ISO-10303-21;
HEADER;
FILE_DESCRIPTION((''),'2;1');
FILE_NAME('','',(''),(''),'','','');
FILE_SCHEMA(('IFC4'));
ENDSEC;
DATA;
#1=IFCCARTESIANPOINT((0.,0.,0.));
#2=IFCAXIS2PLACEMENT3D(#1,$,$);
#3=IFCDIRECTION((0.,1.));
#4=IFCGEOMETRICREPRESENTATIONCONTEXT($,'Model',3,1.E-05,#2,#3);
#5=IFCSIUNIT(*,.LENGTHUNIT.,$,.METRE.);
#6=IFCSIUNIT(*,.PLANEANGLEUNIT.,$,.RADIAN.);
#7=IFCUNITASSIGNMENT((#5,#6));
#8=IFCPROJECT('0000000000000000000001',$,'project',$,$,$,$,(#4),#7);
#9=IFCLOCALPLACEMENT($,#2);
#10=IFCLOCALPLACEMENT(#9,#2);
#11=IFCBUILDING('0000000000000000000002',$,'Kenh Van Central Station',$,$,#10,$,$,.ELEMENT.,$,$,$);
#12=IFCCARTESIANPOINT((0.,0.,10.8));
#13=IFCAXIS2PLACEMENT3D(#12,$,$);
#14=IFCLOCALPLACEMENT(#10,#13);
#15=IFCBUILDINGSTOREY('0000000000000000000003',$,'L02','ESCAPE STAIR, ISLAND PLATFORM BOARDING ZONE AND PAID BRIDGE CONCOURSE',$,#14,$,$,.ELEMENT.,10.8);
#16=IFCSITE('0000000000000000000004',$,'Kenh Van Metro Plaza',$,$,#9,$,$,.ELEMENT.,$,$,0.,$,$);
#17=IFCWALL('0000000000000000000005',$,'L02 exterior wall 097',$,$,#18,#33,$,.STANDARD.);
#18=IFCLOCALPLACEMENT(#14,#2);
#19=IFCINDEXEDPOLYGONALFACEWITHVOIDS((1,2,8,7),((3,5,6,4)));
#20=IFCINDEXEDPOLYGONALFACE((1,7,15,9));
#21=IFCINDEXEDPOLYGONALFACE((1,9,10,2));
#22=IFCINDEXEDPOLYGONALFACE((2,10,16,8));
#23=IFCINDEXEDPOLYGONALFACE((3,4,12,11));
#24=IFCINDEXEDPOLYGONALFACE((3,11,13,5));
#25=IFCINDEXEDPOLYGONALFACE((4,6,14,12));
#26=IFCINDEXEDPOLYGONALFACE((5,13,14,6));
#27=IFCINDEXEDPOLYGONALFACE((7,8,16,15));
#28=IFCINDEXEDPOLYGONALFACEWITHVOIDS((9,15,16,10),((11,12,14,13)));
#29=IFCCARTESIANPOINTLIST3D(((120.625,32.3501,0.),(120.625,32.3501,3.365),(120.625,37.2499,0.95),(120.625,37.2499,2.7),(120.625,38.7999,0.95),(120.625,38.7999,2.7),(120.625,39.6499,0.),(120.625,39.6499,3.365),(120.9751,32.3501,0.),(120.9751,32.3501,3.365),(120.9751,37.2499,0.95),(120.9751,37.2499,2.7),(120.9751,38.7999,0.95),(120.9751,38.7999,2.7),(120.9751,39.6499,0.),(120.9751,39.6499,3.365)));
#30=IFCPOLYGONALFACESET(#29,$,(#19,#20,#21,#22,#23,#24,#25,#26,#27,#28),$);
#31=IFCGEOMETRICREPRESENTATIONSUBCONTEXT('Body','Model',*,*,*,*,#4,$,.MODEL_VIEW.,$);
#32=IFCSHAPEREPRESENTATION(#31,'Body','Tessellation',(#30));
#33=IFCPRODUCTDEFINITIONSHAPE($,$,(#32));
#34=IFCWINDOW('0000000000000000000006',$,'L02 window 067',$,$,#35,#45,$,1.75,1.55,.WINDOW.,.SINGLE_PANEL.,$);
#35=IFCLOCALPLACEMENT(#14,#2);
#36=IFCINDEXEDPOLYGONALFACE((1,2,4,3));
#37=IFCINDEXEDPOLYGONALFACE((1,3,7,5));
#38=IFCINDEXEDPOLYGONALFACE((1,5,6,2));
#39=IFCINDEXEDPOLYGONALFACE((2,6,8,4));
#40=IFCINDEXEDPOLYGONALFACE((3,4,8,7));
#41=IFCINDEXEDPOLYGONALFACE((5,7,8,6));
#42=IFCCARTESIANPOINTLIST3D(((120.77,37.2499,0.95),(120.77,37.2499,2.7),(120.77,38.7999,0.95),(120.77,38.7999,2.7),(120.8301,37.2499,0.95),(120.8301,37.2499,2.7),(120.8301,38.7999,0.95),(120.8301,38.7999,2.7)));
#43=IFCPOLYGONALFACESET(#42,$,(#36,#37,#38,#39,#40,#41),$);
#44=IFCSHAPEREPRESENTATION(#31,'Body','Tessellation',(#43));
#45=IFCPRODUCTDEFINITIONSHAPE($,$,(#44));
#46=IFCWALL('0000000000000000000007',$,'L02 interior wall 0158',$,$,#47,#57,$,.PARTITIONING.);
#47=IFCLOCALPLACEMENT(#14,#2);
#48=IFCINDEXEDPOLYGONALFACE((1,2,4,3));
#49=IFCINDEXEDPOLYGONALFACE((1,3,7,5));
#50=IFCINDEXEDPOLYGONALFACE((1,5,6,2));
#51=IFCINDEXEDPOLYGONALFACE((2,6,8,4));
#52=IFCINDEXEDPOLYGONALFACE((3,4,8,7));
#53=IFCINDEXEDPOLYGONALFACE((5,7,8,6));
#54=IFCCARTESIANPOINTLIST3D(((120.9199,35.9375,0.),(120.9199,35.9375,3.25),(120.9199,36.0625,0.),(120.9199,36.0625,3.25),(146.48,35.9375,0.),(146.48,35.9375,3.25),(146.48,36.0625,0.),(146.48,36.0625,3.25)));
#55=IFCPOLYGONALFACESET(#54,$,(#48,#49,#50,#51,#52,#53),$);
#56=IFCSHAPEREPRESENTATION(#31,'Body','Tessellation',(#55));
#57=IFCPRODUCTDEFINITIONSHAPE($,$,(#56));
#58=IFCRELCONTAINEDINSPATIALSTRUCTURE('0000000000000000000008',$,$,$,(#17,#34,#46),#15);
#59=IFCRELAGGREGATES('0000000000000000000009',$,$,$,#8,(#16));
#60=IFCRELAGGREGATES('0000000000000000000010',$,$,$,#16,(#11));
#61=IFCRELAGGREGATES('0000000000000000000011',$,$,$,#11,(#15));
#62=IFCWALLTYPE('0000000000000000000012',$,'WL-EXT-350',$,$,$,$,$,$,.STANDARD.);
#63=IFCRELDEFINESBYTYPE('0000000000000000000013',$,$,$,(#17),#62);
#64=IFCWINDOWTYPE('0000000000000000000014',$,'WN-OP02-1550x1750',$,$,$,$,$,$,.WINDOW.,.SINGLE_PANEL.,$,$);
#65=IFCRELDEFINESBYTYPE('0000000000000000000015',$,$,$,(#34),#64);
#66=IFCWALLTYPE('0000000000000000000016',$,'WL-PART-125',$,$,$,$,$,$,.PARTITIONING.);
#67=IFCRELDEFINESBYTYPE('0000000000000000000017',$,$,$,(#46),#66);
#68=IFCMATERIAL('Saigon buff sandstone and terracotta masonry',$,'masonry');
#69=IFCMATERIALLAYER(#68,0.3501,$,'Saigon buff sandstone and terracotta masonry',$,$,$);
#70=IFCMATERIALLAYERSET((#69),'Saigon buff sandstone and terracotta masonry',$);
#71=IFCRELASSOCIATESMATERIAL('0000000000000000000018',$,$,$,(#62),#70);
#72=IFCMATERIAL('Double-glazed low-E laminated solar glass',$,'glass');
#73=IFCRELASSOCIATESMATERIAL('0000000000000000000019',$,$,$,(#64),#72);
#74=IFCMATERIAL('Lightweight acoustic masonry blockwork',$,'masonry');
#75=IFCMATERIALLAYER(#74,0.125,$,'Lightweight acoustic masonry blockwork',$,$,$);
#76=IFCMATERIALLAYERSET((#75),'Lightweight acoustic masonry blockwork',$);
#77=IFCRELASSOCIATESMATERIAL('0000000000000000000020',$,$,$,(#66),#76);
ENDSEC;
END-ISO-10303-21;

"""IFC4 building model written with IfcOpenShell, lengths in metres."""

from ifc_helpers import new_model, si_unit, direction, frame, frame_2d, origin, place, context, subcontext, project, spatial, rectangle, extrude, material, layer, layer_set, type_object, element, fill, save


model = new_model("IFC4")

# Units and contexts
model_context = context("Model", 3, precision=1e-05, world=origin(), true_north=direction((0.0, 1.0)))
body_context = subcontext(model_context, "Body", "Model", "MODEL_VIEW")
ifc_project = project(units=[si_unit("LENGTHUNIT", "METRE"), si_unit("PLANEANGLEUNIT", "RADIAN")], contexts=[model_context])

# Site, building, storey
site_placement = place(None, origin())
site = spatial("IfcSite", under=ifc_project, at=site_placement, Name="Kenh Van Metro Plaza", CompositionType="ELEMENT", RefElevation=0.0)
building_placement = place(site_placement, origin())
building = spatial("IfcBuilding", under=site, at=building_placement, Name="Kenh Van Central Station", CompositionType="ELEMENT")
storey_placement = place(building_placement, frame((0.0, 0.0, 10.8)))
storey = spatial("IfcBuildingStorey", under=building, at=storey_placement, Name="L02", Description="ESCAPE STAIR, ISLAND PLATFORM BOARDING ZONE AND PAID BRIDGE CONCOURSE", CompositionType="ELEMENT", Elevation=10.8)

# Shared definitions
ifc_material_1 = material(Name="Double-glazed low-E laminated solar glass", Category="glass")

# Wall, opening, window
ifc_material_2 = material(Name="Saigon buff sandstone and terracotta masonry", Category="masonry")
ifc_layer_1 = layer(ifc_material_2, 0.3501, Name="Saigon buff sandstone and terracotta masonry")
ifc_layer_set_1 = layer_set([ifc_layer_1], Name="Saigon buff sandstone and terracotta masonry")
wall_type_1 = type_object("IfcWallType", Name="WL-EXT-350", PredefinedType="STANDARD", material=ifc_layer_set_1)
wall_1_placement = place(storey_placement, frame((120.8, 39.6499, 0.0), z_axis=(0.0, 0.0, 1.0), x_axis=(0.0, -1.0, 0.0)))
wall_1 = element("IfcWall", 1, at=wall_1_placement, inside=storey, type_object=wall_type_1, Name="L02 exterior wall 097", PredefinedType="STANDARD", context=body_context, shape_type="SweptSolid", body=[
    extrude(rectangle(XDim=7.2998, YDim=0.3501, at=frame_2d((3.6499, 0.0))), origin(), (0.0, 0.0, 1.0), 3.365),
])
opening_placement = place(wall_1_placement, frame((0.8501, 0.0, 0.95)))
opening = element("IfcOpeningElement", 2, at=opening_placement, cuts=wall_1, PredefinedType="OPENING", context=body_context, shape_type="SweptSolid", body=[
    extrude(rectangle(XDim=1.55, YDim=1.75, at=frame_2d((0.7749, 0.875))), frame((0.0, 0.1851, 0.0), z_axis=(0.0, -1.0, 0.0), x_axis=(1.0, 0.0, 0.0)), (0.0, 0.0, 1.0), 0.3701),
])
window_type = type_object("IfcWindowType", Name="WN-OP02-1550x1750", PartitioningType="SINGLE_PANEL", PredefinedType="WINDOW", material=ifc_material_1)
window_placement = place(opening_placement, origin())
window = element("IfcWindow", 3, at=window_placement, inside=storey, type_object=window_type, Name="L02 window 067", OverallHeight=1.75, OverallWidth=1.55, PartitioningType="SINGLE_PANEL", PredefinedType="WINDOW", context=body_context, shape_type="SweptSolid", body=[
    extrude(rectangle(XDim=1.55, YDim=1.75, at=frame_2d((0.7749, 0.875))), frame((0.0, 0.03, 0.0), z_axis=(0.0, -1.0, 0.0), x_axis=(1.0, 0.0, 0.0)), (0.0, 0.0, 1.0), 0.0601),
])
fill(opening, window)

# Wall
ifc_material_3 = material(Name="Lightweight acoustic masonry blockwork", Category="masonry")
ifc_layer_2 = layer(ifc_material_3, 0.125, Name="Lightweight acoustic masonry blockwork")
ifc_layer_set_2 = layer_set([ifc_layer_2], Name="Lightweight acoustic masonry blockwork")
wall_type_2 = type_object("IfcWallType", Name="WL-PART-125", PredefinedType="PARTITIONING", material=ifc_layer_set_2)
wall_2_placement = place(storey_placement, frame((120.9199, 36.0, 0.0), z_axis=(0.0, 0.0, 1.0), x_axis=(1.0, 0.0, 0.0)))
element("IfcWall", 4, at=wall_2_placement, inside=storey, type_object=wall_type_2, Name="L02 interior wall 0158", PredefinedType="PARTITIONING", context=body_context, shape_type="SweptSolid", body=[
    extrude(rectangle(XDim=25.5601, YDim=0.125, at=frame_2d((12.78, 0.0))), origin(), (0.0, 0.0, 1.0), 3.25),
])

save(model, "model.ifc")
